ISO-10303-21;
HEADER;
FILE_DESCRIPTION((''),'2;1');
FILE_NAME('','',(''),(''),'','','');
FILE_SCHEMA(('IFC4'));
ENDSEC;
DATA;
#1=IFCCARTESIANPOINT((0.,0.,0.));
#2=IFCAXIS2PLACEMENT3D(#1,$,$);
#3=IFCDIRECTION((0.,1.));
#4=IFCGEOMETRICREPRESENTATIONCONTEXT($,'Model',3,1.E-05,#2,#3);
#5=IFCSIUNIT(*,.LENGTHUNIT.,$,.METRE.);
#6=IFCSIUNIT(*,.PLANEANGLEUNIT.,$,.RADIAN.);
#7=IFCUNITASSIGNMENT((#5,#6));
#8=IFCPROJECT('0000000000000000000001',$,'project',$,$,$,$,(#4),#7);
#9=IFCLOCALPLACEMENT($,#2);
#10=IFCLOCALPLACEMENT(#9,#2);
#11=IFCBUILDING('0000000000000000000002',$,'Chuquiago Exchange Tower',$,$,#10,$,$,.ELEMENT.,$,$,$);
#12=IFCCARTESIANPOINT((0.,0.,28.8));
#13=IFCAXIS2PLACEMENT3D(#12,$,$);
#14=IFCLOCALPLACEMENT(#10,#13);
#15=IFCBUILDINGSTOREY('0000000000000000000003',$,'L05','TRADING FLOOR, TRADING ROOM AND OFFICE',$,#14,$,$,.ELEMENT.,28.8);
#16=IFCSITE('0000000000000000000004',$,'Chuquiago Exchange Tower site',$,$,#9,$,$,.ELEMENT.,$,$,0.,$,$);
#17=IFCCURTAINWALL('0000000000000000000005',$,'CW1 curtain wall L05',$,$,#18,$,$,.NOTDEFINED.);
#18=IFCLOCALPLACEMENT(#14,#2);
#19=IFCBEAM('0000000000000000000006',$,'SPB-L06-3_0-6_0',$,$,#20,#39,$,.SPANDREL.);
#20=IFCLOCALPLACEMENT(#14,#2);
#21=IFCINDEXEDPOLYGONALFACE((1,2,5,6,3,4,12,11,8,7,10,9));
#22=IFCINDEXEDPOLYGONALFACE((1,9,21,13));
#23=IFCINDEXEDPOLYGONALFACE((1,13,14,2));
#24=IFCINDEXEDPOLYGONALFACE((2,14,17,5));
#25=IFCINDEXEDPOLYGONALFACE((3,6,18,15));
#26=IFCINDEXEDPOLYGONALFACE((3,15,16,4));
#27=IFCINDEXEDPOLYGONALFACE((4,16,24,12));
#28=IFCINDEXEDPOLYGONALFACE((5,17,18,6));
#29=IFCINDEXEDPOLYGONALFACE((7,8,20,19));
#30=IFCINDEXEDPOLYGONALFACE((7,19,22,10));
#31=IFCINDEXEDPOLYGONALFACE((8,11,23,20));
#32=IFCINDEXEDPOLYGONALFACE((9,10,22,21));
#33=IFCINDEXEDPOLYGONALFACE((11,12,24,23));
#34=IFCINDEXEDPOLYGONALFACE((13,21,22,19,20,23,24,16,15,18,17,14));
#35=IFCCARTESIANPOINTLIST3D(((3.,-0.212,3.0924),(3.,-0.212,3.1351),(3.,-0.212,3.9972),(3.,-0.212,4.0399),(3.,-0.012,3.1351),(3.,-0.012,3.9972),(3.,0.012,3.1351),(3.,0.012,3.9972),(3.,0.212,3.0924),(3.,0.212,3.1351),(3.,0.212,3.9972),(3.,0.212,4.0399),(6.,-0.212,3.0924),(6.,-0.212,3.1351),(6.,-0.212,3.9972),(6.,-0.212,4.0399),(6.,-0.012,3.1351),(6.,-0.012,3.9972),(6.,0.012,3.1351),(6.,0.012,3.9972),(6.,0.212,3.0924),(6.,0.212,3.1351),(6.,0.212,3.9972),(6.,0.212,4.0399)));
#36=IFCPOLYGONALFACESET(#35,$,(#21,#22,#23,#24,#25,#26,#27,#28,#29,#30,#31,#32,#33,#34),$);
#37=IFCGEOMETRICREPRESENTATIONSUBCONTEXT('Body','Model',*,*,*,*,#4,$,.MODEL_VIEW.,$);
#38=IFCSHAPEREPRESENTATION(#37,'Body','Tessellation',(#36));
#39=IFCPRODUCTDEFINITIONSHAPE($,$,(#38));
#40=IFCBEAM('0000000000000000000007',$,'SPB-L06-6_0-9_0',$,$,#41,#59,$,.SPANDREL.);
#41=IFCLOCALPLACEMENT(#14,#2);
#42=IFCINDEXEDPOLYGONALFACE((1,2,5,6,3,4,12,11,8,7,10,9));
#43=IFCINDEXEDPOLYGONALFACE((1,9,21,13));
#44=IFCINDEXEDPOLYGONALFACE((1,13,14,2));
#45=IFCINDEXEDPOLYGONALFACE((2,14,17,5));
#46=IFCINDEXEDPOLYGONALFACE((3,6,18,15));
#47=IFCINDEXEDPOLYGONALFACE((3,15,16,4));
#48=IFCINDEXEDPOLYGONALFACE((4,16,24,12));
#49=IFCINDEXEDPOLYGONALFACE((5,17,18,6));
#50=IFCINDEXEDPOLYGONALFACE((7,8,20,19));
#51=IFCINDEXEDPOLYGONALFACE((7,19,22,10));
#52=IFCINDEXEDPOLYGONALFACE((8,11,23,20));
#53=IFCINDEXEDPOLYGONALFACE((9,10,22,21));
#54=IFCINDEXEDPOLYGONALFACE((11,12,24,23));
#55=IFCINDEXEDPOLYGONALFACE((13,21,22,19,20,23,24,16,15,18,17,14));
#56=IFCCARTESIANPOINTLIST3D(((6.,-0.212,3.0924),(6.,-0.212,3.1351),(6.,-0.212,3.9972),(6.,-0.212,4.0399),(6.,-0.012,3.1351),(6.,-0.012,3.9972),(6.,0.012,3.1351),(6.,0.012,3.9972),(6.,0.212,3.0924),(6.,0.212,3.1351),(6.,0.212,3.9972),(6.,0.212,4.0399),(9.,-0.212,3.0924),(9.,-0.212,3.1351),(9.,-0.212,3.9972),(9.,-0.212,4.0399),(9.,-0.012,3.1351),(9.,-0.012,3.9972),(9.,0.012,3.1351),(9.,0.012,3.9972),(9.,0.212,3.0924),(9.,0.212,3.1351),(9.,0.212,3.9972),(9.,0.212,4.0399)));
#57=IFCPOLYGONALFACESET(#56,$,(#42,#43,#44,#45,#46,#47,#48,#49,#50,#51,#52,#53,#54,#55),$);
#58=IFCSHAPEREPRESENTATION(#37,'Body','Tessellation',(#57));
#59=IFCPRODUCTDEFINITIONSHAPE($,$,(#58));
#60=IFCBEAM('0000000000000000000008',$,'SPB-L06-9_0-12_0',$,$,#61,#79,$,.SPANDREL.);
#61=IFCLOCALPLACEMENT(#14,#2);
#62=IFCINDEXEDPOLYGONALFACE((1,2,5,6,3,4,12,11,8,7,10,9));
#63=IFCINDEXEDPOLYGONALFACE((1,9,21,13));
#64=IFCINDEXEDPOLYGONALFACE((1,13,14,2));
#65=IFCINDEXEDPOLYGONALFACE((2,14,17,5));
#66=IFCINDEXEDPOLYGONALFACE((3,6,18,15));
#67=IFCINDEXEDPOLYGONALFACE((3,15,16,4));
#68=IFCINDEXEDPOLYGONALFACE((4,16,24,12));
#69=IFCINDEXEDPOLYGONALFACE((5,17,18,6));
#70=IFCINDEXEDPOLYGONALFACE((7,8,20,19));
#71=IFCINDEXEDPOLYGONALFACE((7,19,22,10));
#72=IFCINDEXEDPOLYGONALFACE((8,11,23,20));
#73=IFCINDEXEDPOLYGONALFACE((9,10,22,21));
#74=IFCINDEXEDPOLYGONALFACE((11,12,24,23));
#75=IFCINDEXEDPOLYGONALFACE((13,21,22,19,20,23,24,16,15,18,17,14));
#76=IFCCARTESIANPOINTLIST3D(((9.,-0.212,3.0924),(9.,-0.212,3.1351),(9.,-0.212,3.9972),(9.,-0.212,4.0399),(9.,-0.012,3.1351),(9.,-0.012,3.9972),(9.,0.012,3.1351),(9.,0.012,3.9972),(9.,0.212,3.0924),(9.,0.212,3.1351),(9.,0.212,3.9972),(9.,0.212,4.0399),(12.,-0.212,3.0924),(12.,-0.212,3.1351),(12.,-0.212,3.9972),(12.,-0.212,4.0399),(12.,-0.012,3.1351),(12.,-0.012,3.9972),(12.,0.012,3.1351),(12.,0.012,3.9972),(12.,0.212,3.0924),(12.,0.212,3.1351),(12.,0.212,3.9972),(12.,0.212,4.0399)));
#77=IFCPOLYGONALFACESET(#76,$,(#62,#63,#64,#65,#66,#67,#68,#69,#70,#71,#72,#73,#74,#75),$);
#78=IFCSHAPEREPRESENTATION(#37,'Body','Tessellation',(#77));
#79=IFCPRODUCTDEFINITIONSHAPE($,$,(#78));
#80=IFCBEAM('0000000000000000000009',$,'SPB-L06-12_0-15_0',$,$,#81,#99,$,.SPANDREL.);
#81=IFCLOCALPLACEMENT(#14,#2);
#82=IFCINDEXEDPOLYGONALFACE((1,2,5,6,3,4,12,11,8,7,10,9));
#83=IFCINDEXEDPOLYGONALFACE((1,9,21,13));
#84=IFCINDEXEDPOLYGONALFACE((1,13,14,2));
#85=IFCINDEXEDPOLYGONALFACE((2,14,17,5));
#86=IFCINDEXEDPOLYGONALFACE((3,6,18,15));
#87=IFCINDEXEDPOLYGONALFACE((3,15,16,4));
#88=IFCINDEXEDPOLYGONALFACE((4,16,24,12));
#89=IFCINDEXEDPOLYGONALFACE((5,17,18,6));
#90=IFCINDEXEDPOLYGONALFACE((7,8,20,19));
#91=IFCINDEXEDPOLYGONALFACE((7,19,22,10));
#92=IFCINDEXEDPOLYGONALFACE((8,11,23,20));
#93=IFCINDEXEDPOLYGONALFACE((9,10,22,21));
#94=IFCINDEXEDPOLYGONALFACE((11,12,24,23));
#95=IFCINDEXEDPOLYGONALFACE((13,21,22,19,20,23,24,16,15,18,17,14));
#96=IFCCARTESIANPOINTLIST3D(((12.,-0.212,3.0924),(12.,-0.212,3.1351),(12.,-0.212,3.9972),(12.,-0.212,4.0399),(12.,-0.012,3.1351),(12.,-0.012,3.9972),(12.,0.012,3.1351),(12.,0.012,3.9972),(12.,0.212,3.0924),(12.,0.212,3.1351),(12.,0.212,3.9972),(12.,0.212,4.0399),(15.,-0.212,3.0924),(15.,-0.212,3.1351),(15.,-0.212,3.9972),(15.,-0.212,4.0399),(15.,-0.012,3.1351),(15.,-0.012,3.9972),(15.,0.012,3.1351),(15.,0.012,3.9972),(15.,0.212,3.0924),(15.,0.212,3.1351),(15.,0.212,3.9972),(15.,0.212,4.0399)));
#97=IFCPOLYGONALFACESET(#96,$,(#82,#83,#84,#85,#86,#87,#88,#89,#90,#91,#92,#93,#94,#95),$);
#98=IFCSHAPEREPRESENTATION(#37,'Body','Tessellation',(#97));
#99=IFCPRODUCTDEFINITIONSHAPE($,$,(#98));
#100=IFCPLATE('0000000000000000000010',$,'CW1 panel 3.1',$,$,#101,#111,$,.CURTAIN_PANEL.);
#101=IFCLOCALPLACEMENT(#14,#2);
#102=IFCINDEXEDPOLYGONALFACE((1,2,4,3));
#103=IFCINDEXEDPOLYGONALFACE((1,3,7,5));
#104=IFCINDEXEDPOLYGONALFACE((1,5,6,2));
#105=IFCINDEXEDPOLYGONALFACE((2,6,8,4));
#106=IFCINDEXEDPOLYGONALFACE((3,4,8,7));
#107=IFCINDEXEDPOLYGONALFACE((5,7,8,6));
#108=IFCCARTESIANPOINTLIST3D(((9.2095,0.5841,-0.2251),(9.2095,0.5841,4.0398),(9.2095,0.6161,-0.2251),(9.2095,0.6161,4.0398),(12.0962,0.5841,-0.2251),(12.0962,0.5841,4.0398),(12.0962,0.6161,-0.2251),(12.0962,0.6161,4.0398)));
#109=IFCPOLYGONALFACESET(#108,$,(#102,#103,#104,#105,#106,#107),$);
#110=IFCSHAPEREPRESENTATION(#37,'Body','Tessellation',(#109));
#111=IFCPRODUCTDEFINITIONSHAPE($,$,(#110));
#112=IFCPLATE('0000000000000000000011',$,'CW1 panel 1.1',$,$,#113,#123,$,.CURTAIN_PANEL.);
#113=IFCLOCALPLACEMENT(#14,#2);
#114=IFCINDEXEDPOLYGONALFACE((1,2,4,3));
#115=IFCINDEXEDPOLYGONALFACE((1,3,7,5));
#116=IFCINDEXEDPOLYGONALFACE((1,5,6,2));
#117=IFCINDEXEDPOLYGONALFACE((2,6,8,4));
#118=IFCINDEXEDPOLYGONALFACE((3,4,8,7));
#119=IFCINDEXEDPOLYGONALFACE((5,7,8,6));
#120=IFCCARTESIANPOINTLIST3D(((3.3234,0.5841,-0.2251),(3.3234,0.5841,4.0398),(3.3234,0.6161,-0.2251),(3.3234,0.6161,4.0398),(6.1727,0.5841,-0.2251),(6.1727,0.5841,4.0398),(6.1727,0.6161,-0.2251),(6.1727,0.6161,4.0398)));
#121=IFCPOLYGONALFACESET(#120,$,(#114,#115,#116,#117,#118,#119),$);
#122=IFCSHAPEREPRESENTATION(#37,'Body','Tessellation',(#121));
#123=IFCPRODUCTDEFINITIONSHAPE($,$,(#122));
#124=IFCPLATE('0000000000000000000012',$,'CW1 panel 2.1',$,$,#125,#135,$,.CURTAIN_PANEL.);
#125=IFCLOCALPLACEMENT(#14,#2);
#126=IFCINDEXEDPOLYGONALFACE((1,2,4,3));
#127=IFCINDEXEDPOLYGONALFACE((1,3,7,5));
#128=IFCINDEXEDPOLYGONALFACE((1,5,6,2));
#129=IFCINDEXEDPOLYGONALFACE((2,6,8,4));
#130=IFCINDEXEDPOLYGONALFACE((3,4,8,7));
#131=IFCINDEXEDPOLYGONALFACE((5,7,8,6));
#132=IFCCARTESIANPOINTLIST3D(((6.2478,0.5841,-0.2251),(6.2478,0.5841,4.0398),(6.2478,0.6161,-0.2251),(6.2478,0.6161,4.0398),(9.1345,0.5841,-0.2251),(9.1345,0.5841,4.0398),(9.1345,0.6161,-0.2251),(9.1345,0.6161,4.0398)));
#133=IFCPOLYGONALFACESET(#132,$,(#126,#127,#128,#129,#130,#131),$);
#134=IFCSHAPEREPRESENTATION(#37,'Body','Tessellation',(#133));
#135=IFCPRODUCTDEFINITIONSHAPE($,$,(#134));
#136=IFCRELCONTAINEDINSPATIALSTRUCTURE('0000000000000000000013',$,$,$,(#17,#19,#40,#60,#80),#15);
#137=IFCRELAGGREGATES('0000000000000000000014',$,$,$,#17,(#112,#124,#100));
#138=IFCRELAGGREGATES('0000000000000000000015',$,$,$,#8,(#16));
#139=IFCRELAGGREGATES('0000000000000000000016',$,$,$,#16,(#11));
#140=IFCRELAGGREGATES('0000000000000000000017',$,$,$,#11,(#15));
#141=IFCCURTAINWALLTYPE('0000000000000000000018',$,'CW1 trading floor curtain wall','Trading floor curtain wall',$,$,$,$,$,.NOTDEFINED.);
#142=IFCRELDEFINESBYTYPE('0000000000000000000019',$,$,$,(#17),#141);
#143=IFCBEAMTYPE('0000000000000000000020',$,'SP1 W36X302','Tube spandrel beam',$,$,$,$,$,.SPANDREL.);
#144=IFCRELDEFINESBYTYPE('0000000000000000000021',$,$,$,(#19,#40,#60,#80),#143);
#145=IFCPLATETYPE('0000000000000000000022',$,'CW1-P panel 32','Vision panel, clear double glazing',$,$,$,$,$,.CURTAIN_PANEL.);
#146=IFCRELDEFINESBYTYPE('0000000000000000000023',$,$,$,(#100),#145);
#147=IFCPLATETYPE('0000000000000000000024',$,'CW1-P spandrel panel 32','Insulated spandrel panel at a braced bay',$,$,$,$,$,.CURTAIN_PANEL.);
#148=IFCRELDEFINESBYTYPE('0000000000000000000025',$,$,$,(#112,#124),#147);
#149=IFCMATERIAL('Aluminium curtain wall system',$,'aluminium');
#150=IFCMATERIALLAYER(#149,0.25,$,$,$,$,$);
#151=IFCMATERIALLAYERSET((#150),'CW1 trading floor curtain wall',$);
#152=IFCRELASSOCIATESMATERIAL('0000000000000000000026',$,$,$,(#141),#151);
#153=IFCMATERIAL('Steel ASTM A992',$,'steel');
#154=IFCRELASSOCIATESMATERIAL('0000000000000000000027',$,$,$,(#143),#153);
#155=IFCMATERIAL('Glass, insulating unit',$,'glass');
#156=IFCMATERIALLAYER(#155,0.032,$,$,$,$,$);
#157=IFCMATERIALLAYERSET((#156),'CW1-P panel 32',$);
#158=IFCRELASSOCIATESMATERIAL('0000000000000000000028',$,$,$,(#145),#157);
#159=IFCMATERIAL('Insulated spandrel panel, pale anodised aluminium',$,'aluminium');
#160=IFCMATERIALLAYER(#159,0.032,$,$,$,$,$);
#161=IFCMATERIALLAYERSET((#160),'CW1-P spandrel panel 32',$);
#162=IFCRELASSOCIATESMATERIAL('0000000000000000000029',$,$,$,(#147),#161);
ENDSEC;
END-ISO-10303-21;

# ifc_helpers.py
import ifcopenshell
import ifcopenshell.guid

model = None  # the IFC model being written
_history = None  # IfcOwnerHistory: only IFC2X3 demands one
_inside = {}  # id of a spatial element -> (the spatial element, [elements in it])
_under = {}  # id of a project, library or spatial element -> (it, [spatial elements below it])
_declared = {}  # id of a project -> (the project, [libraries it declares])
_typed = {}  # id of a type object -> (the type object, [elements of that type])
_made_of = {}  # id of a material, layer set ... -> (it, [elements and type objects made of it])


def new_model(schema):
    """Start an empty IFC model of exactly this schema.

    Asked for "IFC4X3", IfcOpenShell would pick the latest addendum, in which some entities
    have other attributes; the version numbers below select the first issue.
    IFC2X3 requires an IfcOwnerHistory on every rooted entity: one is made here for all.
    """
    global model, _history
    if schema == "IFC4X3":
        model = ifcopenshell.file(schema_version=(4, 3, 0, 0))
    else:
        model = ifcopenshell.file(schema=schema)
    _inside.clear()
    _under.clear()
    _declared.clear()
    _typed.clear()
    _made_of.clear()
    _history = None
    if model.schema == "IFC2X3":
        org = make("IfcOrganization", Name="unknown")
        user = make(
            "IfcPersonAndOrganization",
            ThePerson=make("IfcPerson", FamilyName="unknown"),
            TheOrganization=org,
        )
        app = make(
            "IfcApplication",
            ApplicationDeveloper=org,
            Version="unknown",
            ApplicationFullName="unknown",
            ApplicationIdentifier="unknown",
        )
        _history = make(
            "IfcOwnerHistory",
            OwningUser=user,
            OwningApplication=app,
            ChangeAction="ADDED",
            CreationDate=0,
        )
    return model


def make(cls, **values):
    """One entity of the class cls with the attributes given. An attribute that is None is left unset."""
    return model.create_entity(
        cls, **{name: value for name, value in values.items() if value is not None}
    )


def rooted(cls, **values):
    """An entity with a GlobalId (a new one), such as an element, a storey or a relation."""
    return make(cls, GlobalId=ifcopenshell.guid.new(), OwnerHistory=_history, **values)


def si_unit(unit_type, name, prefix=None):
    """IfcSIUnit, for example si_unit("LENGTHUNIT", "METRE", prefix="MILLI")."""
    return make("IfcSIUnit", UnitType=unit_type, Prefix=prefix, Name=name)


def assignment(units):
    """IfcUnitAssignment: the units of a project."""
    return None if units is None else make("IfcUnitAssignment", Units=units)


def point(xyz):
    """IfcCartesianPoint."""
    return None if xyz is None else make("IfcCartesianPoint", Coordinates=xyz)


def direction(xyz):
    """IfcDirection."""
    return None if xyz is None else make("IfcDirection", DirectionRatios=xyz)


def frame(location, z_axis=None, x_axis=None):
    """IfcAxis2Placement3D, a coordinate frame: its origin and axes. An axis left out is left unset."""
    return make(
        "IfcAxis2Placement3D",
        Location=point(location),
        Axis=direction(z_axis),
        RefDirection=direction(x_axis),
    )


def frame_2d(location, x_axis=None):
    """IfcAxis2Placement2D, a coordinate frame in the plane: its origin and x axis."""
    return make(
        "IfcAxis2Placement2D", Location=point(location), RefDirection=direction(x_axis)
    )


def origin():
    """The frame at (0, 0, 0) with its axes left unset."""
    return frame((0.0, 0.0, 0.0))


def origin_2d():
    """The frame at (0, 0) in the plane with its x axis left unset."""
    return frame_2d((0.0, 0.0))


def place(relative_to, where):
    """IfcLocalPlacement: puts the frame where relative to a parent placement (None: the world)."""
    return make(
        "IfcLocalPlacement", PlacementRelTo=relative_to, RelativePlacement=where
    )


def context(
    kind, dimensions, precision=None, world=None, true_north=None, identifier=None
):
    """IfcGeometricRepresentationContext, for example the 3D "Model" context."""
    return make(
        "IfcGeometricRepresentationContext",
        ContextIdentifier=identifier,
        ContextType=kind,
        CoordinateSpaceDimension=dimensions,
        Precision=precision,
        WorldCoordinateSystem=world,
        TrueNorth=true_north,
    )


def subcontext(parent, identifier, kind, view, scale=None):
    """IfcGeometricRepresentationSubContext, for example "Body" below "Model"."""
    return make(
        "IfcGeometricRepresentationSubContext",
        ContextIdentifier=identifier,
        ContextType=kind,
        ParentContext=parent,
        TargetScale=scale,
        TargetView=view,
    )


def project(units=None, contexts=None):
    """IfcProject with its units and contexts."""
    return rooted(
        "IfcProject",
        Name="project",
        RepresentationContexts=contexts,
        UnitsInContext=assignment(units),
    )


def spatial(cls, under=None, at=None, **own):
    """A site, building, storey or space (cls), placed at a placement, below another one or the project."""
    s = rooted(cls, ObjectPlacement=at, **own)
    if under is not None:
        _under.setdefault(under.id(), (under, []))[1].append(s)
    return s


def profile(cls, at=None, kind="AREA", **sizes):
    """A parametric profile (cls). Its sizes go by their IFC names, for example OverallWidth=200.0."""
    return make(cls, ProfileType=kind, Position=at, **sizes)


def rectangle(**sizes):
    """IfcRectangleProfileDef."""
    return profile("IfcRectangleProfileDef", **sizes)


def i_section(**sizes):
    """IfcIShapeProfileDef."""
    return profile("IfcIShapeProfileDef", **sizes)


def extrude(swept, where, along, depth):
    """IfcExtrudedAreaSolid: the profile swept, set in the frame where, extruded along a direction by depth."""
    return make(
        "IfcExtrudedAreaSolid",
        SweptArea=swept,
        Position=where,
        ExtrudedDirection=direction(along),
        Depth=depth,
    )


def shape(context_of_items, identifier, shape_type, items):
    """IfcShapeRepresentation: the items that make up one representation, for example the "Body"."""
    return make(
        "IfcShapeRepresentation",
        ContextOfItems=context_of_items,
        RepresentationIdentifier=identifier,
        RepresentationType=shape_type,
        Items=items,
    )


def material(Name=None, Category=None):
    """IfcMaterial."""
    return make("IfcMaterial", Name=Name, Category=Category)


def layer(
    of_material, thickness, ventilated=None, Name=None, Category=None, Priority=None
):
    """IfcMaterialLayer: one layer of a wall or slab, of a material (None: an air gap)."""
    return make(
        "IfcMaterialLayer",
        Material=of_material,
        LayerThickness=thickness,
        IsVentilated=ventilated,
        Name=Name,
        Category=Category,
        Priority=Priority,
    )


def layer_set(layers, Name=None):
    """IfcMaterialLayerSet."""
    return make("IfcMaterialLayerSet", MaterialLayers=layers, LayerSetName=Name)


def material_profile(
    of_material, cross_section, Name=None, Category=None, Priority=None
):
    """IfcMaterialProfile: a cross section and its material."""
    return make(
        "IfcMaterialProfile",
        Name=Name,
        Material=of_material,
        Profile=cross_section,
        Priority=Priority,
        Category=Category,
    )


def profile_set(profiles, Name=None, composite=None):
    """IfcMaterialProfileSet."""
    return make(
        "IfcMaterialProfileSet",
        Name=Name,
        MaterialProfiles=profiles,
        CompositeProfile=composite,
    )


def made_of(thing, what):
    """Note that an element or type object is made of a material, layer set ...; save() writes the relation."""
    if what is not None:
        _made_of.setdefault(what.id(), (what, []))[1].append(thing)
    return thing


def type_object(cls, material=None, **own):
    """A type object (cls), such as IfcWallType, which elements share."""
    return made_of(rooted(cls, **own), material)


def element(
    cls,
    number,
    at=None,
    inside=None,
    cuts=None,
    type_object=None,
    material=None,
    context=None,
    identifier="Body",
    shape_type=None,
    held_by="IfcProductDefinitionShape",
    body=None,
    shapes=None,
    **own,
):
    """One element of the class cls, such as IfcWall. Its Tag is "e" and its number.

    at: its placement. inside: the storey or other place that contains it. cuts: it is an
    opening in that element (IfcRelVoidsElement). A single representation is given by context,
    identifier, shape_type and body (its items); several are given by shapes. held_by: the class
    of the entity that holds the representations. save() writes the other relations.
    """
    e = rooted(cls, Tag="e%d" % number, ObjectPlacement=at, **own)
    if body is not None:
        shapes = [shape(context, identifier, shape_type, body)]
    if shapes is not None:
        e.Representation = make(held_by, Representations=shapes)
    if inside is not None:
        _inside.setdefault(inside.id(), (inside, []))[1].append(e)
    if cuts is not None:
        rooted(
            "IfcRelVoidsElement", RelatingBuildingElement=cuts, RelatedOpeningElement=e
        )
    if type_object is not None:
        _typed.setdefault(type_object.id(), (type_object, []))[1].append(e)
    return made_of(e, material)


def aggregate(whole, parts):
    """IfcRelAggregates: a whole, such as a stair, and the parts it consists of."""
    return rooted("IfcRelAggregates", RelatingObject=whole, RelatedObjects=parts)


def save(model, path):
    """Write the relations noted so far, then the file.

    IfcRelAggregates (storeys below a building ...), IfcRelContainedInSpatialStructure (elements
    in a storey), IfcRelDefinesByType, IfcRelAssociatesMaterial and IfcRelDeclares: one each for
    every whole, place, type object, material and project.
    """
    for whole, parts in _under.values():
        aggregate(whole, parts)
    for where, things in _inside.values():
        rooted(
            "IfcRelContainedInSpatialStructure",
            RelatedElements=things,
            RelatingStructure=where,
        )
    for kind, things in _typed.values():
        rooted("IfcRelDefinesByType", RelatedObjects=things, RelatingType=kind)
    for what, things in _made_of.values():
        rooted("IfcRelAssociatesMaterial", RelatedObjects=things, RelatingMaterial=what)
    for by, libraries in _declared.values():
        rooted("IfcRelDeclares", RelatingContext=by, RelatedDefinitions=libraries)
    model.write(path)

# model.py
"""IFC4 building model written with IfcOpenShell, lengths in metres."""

from ifc_helpers import new_model, si_unit, direction, frame, origin, origin_2d, place, context, subcontext, project, spatial, rectangle, i_section, extrude, material, layer, layer_set, material_profile, profile_set, type_object, element, aggregate, save


model = new_model("IFC4")

# Units and contexts
model_context = context("Model", 3, precision=1e-05, world=origin(), true_north=direction((0.0, 1.0)))
body_context = subcontext(model_context, "Body", "Model", "MODEL_VIEW")
ifc_project = project(units=[si_unit("LENGTHUNIT", "METRE"), si_unit("PLANEANGLEUNIT", "RADIAN")], contexts=[model_context])

# Site, building, storey
site_placement = place(None, origin())
site = spatial("IfcSite", under=ifc_project, at=site_placement, Name="Chuquiago Exchange Tower site", CompositionType="ELEMENT", RefElevation=0.0)
building_placement = place(site_placement, origin())
building = spatial("IfcBuilding", under=site, at=building_placement, Name="Chuquiago Exchange Tower", CompositionType="ELEMENT")
storey_placement = place(building_placement, frame((0.0, 0.0, 28.8)))
storey = spatial("IfcBuildingStorey", under=building, at=storey_placement, Name="L05", Description="TRADING FLOOR, TRADING ROOM AND OFFICE", CompositionType="ELEMENT", Elevation=28.8)

# Curtain wall
ifc_material_1 = material(Name="Aluminium curtain wall system", Category="aluminium")
ifc_layer_1 = layer(ifc_material_1, 0.25)
ifc_layer_set_1 = layer_set([ifc_layer_1], Name="CW1 trading floor curtain wall")
curtain_wall_type = type_object("IfcCurtainWallType", Name="CW1 trading floor curtain wall", Description="Trading floor curtain wall", PredefinedType="NOTDEFINED", material=ifc_layer_set_1)
curtain_wall_placement = place(storey_placement, origin())
curtain_wall = element("IfcCurtainWall", 1, at=curtain_wall_placement, inside=storey, type_object=curtain_wall_type, Name="CW1 curtain wall L05", PredefinedType="NOTDEFINED")

# Beams
ifc_material_2 = material(Name="Steel ASTM A992", Category="steel")
ifc_material_profile_1 = material_profile(ifc_material_2, i_section(OverallWidth=0.4241, OverallDepth=0.9475, WebThickness=0.0239, FlangeThickness=0.0427, at=origin_2d()), Name="W36X302")
ifc_profile_set_1 = profile_set([ifc_material_profile_1], Name="Steel ASTM A992")
beam_type = type_object("IfcBeamType", Name="SP1 W36X302", Description="Tube spandrel beam", PredefinedType="SPANDREL", material=ifc_profile_set_1)
for number, where, z_axis, x_axis, name in (
    (2, (3.0, 0.0, 3.5662), (1.0, 0.0, 0.0), (0.0, 1.0, 0.0), "SPB-L06-3_0-6_0"),
    (3, (6.0, 0.0, 3.5662), (1.0, 0.0, 0.0), (0.0, 1.0, 0.0), "SPB-L06-6_0-9_0"),
    (4, (9.0, 0.0, 3.5662), (1.0, 0.0, 0.0), (0.0, 1.0, 0.0), "SPB-L06-9_0-12_0"),
    (5, (12.0, 0.0, 3.5662), (1.0, 0.0, 0.0), (0.0, 1.0, 0.0), "SPB-L06-12_0-15_0"),
):
    element("IfcBeam", number, at=place(storey_placement, frame(where, z_axis=z_axis, x_axis=x_axis)), inside=storey, type_object=beam_type, Name=name, PredefinedType="SPANDREL", context=body_context, shape_type="SweptSolid", body=[
        extrude(i_section(OverallWidth=0.4241, OverallDepth=0.9475, WebThickness=0.0239, FlangeThickness=0.0427, at=origin_2d()), origin(), (0.0, 0.0, 1.0), 3.0),
    ])

# Plates
ifc_material_3 = material(Name="Glass, insulating unit", Category="glass")
ifc_layer_2 = layer(ifc_material_3, 0.032)
ifc_layer_set_2 = layer_set([ifc_layer_2], Name="CW1-P panel 32")
plate_type_1 = type_object("IfcPlateType", Name="CW1-P panel 32", Description="Vision panel, clear double glazing", PredefinedType="CURTAIN_PANEL", material=ifc_layer_set_2)
plate_1_placement = place(storey_placement, frame((10.6528, 0.6001, -0.2251), z_axis=(0.0, 0.0, 1.0), x_axis=(1.0, 0.0, 0.0)))
plate_1 = element("IfcPlate", 6, at=plate_1_placement, type_object=plate_type_1, Name="CW1 panel 3.1", PredefinedType="CURTAIN_PANEL", context=body_context, shape_type="SweptSolid", body=[
    extrude(rectangle(XDim=2.8867, YDim=0.032, at=origin_2d()), origin(), (0.0, 0.0, 1.0), 4.2649),
])
ifc_material_4 = material(Name="Insulated spandrel panel, pale anodised aluminium", Category="aluminium")
ifc_layer_3 = layer(ifc_material_4, 0.032)
ifc_layer_set_3 = layer_set([ifc_layer_3], Name="CW1-P spandrel panel 32")
plate_type_2 = type_object("IfcPlateType", Name="CW1-P spandrel panel 32", Description="Insulated spandrel panel at a braced bay", PredefinedType="CURTAIN_PANEL", material=ifc_layer_set_3)
plate_2_placement = place(storey_placement, frame((4.748, 0.6001, -0.2251), z_axis=(0.0, 0.0, 1.0), x_axis=(1.0, 0.0, 0.0)))
plate_2 = element("IfcPlate", 7, at=plate_2_placement, type_object=plate_type_2, Name="CW1 panel 1.1", PredefinedType="CURTAIN_PANEL", context=body_context, shape_type="SweptSolid", body=[
    extrude(rectangle(XDim=2.8494, YDim=0.032, at=origin_2d()), origin(), (0.0, 0.0, 1.0), 4.2649),
])
plate_3_placement = place(storey_placement, frame((7.6912, 0.6001, -0.2251), z_axis=(0.0, 0.0, 1.0), x_axis=(1.0, 0.0, 0.0)))
plate_3 = element("IfcPlate", 8, at=plate_3_placement, type_object=plate_type_2, Name="CW1 panel 2.1", PredefinedType="CURTAIN_PANEL", context=body_context, shape_type="SweptSolid", body=[
    extrude(rectangle(XDim=2.8867, YDim=0.032, at=origin_2d()), origin(), (0.0, 0.0, 1.0), 4.2649),
])
aggregate(curtain_wall, [plate_2, plate_3, plate_1])

save(model, "model.ifc")
